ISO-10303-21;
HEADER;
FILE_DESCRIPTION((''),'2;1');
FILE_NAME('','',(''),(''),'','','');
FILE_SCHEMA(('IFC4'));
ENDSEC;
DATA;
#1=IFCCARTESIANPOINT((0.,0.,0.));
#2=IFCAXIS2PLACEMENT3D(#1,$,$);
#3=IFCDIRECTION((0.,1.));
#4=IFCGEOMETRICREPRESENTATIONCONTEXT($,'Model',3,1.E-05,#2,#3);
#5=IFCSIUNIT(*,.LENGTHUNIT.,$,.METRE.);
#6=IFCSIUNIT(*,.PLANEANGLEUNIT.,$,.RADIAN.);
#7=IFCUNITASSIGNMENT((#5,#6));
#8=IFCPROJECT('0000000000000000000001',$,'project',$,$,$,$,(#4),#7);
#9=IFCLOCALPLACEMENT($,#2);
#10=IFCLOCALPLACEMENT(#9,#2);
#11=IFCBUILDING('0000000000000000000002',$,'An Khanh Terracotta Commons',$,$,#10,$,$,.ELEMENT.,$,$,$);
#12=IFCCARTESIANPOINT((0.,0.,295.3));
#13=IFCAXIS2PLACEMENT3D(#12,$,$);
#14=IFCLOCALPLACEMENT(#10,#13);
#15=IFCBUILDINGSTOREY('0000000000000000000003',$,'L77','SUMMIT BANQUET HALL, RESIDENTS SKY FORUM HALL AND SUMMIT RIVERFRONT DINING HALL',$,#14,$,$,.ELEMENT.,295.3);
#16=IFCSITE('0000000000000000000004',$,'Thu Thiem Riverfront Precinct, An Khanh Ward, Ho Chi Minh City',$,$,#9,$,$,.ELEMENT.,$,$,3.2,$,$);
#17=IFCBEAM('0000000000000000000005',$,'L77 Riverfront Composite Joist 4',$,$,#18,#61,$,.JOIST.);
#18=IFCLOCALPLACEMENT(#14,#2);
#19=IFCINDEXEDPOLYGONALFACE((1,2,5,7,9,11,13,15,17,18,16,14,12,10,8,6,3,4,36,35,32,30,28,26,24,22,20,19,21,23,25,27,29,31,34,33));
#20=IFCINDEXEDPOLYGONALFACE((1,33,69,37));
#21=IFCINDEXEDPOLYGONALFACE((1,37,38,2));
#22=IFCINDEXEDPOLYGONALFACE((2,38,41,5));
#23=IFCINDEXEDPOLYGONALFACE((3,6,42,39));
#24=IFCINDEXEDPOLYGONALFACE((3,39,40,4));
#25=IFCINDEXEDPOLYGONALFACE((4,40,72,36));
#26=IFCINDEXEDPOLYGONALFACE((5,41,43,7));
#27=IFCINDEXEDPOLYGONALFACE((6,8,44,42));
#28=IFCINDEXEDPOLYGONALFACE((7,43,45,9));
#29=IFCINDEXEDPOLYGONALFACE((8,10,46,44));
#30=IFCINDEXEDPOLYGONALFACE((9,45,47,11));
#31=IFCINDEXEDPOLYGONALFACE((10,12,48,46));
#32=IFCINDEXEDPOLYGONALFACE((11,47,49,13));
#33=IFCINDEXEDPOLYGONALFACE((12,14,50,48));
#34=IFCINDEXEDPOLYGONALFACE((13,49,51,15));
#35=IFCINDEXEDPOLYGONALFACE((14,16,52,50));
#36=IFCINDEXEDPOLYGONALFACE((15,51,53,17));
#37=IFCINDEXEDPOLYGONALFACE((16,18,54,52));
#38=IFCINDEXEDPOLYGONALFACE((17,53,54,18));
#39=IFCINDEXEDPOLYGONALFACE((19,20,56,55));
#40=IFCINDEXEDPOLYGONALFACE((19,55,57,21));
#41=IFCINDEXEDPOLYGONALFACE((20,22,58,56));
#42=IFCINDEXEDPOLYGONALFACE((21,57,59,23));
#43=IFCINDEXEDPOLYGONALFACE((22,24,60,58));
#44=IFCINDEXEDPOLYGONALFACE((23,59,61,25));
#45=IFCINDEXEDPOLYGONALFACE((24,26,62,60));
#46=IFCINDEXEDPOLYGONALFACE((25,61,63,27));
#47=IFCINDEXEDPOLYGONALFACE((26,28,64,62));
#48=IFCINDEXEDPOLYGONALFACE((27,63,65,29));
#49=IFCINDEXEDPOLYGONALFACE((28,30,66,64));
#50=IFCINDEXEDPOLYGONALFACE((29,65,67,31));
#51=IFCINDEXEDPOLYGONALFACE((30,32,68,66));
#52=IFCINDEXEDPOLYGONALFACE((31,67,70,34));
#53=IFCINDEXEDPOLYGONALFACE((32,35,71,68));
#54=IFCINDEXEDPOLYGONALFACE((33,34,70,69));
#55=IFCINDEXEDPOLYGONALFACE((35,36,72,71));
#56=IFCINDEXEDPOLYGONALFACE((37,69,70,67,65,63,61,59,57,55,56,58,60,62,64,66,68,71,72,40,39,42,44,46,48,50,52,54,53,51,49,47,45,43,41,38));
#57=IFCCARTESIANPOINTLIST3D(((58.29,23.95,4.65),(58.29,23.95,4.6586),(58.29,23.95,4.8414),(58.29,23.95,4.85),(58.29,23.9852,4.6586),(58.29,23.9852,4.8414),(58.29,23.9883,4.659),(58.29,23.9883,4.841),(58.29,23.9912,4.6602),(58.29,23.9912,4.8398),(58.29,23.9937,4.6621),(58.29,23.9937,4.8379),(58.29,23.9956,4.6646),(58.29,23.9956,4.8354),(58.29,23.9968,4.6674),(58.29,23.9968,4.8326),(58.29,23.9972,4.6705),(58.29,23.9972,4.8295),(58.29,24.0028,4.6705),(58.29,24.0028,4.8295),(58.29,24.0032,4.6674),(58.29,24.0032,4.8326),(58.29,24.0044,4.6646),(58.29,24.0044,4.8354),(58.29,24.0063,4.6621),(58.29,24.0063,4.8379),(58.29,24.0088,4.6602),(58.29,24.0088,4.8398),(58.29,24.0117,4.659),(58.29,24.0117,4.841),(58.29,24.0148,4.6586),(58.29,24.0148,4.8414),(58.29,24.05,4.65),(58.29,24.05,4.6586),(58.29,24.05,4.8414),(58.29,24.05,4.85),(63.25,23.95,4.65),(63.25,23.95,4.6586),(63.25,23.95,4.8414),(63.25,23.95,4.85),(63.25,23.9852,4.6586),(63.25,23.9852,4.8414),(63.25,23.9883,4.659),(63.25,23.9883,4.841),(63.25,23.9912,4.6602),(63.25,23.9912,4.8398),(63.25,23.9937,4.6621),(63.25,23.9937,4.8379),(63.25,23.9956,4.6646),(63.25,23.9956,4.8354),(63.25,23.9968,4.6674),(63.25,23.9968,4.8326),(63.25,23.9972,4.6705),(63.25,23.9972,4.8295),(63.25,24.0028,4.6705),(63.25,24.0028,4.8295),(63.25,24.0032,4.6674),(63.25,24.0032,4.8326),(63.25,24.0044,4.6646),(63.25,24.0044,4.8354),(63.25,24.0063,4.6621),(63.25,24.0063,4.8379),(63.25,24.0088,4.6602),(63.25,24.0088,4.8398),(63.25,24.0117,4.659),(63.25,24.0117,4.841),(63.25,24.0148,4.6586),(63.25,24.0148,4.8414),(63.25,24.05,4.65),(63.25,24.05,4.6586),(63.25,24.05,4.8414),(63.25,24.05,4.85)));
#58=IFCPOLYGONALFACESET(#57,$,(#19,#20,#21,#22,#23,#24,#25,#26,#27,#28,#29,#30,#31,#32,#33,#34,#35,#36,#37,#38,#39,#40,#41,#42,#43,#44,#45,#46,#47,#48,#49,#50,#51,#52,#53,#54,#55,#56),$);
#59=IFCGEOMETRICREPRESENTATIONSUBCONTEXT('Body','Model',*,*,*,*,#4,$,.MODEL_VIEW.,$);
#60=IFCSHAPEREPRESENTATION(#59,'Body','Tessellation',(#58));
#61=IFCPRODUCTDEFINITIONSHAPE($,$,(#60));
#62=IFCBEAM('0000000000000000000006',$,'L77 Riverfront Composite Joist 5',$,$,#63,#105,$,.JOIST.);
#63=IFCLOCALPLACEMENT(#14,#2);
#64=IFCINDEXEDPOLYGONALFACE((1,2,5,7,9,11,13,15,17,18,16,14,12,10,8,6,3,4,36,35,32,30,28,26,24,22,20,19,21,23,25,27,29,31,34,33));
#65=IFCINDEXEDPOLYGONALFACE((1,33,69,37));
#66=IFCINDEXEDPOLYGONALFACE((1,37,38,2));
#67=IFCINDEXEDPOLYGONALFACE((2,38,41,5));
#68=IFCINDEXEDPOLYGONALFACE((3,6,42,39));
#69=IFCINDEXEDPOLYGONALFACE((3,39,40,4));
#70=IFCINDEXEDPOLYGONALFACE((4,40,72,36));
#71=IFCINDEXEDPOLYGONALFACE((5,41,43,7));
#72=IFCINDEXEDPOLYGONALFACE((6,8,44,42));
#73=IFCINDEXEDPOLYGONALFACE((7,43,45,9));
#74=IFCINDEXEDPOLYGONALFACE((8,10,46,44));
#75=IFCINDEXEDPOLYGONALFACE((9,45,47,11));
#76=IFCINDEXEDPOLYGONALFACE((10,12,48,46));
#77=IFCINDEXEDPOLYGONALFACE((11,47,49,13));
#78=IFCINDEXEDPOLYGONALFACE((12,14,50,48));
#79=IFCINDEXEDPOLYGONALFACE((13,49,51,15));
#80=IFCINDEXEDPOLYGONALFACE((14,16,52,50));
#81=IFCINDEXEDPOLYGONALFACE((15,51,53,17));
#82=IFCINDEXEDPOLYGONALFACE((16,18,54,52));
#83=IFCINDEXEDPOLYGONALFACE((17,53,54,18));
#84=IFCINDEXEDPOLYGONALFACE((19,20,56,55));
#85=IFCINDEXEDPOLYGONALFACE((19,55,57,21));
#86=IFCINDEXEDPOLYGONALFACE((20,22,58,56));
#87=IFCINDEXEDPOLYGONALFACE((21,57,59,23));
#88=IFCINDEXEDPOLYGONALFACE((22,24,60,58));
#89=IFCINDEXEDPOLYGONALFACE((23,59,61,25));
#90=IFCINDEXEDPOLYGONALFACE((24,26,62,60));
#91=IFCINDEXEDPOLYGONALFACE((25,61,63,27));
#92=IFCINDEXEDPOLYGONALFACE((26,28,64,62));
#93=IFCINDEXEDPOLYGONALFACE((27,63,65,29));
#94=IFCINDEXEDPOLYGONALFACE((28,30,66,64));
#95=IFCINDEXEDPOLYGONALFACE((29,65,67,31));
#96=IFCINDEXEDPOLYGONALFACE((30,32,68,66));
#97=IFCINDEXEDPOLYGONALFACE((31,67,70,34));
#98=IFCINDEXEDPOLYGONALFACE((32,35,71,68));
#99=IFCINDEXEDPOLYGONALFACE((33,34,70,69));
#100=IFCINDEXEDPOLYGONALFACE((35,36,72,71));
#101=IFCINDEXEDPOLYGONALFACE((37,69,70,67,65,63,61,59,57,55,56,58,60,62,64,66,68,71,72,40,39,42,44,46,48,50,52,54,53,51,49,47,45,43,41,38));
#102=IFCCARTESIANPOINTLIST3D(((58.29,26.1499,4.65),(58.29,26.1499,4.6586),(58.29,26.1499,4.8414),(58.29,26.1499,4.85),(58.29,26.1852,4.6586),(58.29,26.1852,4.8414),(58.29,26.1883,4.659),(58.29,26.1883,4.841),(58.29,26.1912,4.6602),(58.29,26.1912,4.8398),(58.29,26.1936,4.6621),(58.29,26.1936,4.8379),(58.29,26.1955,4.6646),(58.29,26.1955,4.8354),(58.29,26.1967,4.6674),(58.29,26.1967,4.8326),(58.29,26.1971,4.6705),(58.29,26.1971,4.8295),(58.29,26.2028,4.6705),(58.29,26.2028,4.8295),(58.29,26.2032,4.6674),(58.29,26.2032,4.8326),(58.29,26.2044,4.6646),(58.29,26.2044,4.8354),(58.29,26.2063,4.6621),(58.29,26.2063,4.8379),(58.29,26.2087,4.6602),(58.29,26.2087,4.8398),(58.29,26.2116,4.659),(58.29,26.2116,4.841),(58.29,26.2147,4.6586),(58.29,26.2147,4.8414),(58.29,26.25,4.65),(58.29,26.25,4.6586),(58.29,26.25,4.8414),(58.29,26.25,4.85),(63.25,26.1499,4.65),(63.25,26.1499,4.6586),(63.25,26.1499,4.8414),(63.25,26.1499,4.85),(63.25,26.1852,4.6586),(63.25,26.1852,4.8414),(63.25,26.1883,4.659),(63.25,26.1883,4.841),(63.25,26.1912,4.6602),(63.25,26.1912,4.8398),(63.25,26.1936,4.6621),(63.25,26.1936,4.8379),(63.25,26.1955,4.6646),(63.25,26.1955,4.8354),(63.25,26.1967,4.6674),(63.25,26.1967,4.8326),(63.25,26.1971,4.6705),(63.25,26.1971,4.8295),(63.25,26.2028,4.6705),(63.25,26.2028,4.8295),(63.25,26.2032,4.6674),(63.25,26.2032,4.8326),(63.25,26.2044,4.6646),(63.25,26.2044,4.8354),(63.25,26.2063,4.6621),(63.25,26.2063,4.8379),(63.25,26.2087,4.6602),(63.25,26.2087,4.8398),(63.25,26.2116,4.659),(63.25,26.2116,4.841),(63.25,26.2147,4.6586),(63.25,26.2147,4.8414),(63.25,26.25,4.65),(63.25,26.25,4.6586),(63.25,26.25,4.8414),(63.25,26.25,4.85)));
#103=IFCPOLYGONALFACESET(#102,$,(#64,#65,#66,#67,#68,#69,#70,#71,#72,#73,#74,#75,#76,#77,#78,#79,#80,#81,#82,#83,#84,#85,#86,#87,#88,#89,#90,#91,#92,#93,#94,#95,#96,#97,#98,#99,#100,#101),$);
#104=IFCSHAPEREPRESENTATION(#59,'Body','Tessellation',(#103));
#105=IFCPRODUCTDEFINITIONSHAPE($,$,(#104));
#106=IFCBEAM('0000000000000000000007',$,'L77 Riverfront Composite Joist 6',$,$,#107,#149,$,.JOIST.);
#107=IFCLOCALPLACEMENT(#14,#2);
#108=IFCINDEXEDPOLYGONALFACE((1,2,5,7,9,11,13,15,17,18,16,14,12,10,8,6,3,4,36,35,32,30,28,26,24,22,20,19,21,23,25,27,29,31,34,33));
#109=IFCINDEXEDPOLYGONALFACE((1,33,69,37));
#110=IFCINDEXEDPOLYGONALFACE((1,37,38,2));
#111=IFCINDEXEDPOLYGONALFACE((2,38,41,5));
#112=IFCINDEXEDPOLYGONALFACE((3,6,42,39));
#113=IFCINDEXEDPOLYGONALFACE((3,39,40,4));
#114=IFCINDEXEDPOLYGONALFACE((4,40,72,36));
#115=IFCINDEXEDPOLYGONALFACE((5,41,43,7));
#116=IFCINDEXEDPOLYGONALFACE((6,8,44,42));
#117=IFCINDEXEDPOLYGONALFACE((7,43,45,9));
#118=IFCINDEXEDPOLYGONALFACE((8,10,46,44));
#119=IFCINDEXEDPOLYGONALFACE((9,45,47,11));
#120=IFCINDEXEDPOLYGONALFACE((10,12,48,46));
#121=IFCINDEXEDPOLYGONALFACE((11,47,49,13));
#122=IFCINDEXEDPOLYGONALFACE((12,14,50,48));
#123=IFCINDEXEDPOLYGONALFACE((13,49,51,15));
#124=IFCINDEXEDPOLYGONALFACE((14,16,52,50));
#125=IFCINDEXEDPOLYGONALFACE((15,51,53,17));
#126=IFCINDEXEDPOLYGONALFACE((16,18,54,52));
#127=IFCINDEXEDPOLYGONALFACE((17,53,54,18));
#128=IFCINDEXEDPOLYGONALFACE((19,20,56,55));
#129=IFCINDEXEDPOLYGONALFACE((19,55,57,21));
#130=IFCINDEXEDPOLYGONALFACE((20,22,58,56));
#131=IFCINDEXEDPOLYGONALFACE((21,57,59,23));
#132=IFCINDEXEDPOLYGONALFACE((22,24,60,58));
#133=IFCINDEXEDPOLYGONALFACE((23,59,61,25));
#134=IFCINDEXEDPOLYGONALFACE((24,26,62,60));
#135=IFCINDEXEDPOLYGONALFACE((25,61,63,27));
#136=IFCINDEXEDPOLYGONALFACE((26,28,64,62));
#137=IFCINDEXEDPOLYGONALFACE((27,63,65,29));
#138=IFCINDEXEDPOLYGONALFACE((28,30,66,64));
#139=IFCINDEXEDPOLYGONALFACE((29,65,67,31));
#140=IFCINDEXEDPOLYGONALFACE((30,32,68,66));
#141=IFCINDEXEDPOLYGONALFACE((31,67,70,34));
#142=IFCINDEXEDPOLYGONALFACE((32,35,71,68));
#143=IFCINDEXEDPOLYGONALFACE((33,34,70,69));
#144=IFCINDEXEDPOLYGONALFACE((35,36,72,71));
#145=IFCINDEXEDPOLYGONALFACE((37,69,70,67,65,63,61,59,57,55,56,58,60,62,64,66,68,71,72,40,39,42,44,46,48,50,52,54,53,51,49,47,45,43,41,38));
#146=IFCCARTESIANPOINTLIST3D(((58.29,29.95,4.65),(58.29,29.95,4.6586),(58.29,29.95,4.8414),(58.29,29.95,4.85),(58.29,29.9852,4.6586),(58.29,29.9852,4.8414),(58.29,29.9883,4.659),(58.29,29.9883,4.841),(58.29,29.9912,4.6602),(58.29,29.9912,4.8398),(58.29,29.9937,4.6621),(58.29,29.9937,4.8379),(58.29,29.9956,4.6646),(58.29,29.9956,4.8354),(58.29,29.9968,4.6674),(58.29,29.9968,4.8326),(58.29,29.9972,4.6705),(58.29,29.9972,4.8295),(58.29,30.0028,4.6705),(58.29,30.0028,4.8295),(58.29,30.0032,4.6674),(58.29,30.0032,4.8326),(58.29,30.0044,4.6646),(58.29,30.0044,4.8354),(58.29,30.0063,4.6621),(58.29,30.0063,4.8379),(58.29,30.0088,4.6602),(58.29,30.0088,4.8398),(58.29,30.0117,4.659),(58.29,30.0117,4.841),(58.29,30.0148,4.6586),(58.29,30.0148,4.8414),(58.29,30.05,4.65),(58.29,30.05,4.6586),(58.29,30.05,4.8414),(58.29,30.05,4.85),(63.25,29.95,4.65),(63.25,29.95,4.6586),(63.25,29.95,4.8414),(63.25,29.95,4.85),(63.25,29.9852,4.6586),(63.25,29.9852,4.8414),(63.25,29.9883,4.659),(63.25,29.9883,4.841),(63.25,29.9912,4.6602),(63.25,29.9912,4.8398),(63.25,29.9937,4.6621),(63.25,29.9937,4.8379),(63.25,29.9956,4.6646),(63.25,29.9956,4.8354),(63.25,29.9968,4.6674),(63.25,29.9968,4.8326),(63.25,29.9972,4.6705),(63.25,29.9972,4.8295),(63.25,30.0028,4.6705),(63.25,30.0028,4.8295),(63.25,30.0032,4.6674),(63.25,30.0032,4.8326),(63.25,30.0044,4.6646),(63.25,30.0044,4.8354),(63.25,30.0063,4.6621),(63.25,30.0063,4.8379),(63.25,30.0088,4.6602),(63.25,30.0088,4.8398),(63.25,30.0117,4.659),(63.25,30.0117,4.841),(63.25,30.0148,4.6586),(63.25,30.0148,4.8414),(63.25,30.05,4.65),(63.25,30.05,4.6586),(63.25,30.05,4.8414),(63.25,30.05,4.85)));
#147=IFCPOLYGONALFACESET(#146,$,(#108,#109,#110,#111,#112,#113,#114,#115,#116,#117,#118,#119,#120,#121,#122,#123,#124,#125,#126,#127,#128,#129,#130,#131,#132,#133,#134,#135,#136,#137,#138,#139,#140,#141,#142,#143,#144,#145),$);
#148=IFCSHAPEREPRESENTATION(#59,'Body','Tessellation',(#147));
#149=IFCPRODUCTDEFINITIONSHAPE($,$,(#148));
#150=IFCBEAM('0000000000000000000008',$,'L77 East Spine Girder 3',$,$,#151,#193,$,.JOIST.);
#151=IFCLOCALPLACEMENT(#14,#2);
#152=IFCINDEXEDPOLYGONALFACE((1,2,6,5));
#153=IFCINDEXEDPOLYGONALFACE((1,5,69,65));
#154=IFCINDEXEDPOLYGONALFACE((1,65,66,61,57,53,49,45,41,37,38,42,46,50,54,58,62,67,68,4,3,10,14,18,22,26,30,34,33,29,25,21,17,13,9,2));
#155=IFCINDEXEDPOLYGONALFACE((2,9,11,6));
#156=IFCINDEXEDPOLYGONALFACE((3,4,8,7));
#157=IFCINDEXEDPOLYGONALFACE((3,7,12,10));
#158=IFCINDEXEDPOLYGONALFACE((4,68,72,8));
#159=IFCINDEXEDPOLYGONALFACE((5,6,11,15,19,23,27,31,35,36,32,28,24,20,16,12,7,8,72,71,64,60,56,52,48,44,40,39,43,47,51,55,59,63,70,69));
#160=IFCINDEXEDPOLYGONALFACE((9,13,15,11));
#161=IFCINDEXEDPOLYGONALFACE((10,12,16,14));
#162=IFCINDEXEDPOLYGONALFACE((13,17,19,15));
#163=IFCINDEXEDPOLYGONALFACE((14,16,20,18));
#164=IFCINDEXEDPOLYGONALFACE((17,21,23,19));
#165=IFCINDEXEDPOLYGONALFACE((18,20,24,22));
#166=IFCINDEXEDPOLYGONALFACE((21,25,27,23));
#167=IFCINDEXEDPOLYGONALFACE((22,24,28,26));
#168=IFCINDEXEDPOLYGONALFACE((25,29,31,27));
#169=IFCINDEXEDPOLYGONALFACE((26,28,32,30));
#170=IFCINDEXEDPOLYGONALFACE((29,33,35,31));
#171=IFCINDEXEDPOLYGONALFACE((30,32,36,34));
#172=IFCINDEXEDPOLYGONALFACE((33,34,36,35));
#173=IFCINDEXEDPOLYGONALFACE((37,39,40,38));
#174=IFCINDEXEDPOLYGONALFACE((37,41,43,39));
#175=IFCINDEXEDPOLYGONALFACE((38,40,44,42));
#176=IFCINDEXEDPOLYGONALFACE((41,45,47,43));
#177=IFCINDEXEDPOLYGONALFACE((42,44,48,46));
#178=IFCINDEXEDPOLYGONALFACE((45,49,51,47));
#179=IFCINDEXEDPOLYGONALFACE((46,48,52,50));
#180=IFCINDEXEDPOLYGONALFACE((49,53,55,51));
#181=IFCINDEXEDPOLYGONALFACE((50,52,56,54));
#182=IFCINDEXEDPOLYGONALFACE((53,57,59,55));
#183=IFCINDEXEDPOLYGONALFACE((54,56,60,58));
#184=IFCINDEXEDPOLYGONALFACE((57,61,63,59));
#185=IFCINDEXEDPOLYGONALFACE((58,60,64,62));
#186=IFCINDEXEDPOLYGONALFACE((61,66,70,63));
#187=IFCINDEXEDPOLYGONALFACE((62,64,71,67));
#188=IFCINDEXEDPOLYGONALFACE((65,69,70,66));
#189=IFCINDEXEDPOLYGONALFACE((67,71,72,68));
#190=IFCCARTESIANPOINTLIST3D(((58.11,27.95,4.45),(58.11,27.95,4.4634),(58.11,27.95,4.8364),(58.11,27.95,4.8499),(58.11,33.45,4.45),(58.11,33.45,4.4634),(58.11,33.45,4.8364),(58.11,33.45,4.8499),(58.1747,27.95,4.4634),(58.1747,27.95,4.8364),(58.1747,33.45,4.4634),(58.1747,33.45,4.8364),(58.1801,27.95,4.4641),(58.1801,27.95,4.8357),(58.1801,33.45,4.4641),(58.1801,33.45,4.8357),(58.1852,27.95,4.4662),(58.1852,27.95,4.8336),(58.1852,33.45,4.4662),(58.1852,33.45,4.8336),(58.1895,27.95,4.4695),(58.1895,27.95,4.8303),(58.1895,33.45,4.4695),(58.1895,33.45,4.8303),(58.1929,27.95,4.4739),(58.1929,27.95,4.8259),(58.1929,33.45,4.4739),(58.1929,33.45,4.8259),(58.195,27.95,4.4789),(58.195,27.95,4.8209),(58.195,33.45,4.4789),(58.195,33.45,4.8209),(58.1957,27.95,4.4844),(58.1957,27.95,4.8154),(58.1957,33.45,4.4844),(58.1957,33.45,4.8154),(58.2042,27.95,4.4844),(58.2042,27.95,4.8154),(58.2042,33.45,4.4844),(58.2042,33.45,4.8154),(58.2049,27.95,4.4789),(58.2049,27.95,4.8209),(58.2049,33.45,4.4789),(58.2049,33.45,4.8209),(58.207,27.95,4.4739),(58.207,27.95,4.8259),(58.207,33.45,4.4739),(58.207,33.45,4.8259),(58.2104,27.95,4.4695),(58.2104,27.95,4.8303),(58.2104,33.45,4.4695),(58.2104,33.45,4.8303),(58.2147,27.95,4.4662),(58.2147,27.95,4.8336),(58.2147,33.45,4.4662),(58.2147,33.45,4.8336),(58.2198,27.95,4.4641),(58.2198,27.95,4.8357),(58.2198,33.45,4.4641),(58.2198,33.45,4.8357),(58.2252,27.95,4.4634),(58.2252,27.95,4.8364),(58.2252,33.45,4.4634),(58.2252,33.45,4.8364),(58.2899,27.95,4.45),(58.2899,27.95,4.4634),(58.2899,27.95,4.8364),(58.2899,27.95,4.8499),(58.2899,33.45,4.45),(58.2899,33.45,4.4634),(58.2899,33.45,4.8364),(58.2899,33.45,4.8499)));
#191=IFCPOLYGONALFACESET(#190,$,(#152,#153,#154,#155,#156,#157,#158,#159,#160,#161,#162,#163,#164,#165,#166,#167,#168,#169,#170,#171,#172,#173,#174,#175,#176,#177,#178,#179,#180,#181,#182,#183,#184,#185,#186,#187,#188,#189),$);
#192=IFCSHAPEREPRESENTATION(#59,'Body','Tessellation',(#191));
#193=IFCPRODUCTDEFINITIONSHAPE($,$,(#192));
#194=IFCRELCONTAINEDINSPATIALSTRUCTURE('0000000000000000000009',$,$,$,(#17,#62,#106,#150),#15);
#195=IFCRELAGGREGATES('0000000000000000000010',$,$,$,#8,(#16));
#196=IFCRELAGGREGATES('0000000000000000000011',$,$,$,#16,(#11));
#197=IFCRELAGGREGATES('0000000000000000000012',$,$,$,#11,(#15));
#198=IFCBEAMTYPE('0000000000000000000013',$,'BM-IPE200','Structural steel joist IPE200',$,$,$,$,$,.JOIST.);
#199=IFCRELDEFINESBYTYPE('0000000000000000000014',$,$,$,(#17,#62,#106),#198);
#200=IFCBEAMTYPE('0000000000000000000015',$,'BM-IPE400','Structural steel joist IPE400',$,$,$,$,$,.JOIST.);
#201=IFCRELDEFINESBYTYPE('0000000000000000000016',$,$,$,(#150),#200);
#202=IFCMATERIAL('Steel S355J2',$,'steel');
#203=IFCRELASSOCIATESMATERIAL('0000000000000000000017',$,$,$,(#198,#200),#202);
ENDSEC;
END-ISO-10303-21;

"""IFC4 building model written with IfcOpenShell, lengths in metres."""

from ifc_helpers import new_model, si_unit, direction, frame, origin, origin_2d, place, context, subcontext, project, spatial, i_section, extrude, material, material_profile, profile_set, type_object, element, save


model = new_model("IFC4")

# Units and contexts
model_context = context("Model", 3, precision=1e-05, world=origin(), true_north=direction((0.0, 1.0)))
body_context = subcontext(model_context, "Body", "Model", "MODEL_VIEW")
ifc_project = project(units=[si_unit("LENGTHUNIT", "METRE"), si_unit("PLANEANGLEUNIT", "RADIAN")], contexts=[model_context])

# Site, building, storey
site_placement = place(None, origin())
site = spatial("IfcSite", under=ifc_project, at=site_placement, Name="Thu Thiem Riverfront Precinct, An Khanh Ward, Ho Chi Minh City", CompositionType="ELEMENT", RefElevation=3.2)
building_placement = place(site_placement, origin())
building = spatial("IfcBuilding", under=site, at=building_placement, Name="An Khanh Terracotta Commons", CompositionType="ELEMENT")
storey_placement = place(building_placement, frame((0.0, 0.0, 295.3)))
storey = spatial("IfcBuildingStorey", under=building, at=storey_placement, Name="L77", Description="SUMMIT BANQUET HALL, RESIDENTS SKY FORUM HALL AND SUMMIT RIVERFRONT DINING HALL", CompositionType="ELEMENT", Elevation=295.3)

# Beams
ifc_material_1 = material(Name="Steel S355J2", Category="steel")
ifc_material_profile_1 = material_profile(ifc_material_1, i_section(OverallWidth=0.1001, OverallDepth=0.2, WebThickness=0.0056, FlangeThickness=0.0085, FilletRadius=0.012, at=origin_2d()), Name="IPE200")
ifc_profile_set_1 = profile_set([ifc_material_profile_1], Name="Steel S355J2")
beam_type_1 = type_object("IfcBeamType", Name="BM-IPE200", Description="Structural steel joist IPE200", PredefinedType="JOIST", material=ifc_profile_set_1)
for number, where, z_axis, x_axis, name in (
    (1, (58.29, 24.0, 4.75), (1.0, 0.0, 0.0), (0.0, 1.0, 0.0), "L77 Riverfront Composite Joist 4"),
    (2, (58.29, 26.2, 4.75), (1.0, 0.0, 0.0), (0.0, 1.0, 0.0), "L77 Riverfront Composite Joist 5"),
    (3, (58.29, 30.0, 4.75), (1.0, 0.0, 0.0), (0.0, 1.0, 0.0), "L77 Riverfront Composite Joist 6"),
):
    element("IfcBeam", number, at=place(storey_placement, frame(where, z_axis=z_axis, x_axis=x_axis)), inside=storey, type_object=beam_type_1, Name=name, PredefinedType="JOIST", context=body_context, shape_type="SweptSolid", body=[
        extrude(i_section(OverallWidth=0.1001, OverallDepth=0.2, WebThickness=0.0056, FlangeThickness=0.0085, FilletRadius=0.012, at=origin_2d()), origin(), (0.0, 0.0, 1.0), 4.96),
    ])
ifc_material_profile_2 = material_profile(ifc_material_1, i_section(OverallWidth=0.1799, OverallDepth=0.3999, WebThickness=0.0085, FlangeThickness=0.0134, FilletRadius=0.021, at=origin_2d()), Name="IPE400")
ifc_profile_set_2 = profile_set([ifc_material_profile_2], Name="Steel S355J2")
beam_type_2 = type_object("IfcBeamType", Name="BM-IPE400", Description="Structural steel joist IPE400", PredefinedType="JOIST", material=ifc_profile_set_2)
beam_1_placement = place(storey_placement, frame((58.2, 27.95, 4.6499), z_axis=(0.0, 1.0, 0.0), x_axis=(-1.0, 0.0, 0.0)))
element("IfcBeam", 4, at=beam_1_placement, inside=storey, type_object=beam_type_2, Name="L77 East Spine Girder 3", PredefinedType="JOIST", context=body_context, shape_type="SweptSolid", body=[
    extrude(i_section(OverallWidth=0.1799, OverallDepth=0.3999, WebThickness=0.0085, FlangeThickness=0.0134, FilletRadius=0.021, at=origin_2d()), origin(), (0.0, 0.0, 1.0), 5.5),
])

save(model, "model.ifc")
